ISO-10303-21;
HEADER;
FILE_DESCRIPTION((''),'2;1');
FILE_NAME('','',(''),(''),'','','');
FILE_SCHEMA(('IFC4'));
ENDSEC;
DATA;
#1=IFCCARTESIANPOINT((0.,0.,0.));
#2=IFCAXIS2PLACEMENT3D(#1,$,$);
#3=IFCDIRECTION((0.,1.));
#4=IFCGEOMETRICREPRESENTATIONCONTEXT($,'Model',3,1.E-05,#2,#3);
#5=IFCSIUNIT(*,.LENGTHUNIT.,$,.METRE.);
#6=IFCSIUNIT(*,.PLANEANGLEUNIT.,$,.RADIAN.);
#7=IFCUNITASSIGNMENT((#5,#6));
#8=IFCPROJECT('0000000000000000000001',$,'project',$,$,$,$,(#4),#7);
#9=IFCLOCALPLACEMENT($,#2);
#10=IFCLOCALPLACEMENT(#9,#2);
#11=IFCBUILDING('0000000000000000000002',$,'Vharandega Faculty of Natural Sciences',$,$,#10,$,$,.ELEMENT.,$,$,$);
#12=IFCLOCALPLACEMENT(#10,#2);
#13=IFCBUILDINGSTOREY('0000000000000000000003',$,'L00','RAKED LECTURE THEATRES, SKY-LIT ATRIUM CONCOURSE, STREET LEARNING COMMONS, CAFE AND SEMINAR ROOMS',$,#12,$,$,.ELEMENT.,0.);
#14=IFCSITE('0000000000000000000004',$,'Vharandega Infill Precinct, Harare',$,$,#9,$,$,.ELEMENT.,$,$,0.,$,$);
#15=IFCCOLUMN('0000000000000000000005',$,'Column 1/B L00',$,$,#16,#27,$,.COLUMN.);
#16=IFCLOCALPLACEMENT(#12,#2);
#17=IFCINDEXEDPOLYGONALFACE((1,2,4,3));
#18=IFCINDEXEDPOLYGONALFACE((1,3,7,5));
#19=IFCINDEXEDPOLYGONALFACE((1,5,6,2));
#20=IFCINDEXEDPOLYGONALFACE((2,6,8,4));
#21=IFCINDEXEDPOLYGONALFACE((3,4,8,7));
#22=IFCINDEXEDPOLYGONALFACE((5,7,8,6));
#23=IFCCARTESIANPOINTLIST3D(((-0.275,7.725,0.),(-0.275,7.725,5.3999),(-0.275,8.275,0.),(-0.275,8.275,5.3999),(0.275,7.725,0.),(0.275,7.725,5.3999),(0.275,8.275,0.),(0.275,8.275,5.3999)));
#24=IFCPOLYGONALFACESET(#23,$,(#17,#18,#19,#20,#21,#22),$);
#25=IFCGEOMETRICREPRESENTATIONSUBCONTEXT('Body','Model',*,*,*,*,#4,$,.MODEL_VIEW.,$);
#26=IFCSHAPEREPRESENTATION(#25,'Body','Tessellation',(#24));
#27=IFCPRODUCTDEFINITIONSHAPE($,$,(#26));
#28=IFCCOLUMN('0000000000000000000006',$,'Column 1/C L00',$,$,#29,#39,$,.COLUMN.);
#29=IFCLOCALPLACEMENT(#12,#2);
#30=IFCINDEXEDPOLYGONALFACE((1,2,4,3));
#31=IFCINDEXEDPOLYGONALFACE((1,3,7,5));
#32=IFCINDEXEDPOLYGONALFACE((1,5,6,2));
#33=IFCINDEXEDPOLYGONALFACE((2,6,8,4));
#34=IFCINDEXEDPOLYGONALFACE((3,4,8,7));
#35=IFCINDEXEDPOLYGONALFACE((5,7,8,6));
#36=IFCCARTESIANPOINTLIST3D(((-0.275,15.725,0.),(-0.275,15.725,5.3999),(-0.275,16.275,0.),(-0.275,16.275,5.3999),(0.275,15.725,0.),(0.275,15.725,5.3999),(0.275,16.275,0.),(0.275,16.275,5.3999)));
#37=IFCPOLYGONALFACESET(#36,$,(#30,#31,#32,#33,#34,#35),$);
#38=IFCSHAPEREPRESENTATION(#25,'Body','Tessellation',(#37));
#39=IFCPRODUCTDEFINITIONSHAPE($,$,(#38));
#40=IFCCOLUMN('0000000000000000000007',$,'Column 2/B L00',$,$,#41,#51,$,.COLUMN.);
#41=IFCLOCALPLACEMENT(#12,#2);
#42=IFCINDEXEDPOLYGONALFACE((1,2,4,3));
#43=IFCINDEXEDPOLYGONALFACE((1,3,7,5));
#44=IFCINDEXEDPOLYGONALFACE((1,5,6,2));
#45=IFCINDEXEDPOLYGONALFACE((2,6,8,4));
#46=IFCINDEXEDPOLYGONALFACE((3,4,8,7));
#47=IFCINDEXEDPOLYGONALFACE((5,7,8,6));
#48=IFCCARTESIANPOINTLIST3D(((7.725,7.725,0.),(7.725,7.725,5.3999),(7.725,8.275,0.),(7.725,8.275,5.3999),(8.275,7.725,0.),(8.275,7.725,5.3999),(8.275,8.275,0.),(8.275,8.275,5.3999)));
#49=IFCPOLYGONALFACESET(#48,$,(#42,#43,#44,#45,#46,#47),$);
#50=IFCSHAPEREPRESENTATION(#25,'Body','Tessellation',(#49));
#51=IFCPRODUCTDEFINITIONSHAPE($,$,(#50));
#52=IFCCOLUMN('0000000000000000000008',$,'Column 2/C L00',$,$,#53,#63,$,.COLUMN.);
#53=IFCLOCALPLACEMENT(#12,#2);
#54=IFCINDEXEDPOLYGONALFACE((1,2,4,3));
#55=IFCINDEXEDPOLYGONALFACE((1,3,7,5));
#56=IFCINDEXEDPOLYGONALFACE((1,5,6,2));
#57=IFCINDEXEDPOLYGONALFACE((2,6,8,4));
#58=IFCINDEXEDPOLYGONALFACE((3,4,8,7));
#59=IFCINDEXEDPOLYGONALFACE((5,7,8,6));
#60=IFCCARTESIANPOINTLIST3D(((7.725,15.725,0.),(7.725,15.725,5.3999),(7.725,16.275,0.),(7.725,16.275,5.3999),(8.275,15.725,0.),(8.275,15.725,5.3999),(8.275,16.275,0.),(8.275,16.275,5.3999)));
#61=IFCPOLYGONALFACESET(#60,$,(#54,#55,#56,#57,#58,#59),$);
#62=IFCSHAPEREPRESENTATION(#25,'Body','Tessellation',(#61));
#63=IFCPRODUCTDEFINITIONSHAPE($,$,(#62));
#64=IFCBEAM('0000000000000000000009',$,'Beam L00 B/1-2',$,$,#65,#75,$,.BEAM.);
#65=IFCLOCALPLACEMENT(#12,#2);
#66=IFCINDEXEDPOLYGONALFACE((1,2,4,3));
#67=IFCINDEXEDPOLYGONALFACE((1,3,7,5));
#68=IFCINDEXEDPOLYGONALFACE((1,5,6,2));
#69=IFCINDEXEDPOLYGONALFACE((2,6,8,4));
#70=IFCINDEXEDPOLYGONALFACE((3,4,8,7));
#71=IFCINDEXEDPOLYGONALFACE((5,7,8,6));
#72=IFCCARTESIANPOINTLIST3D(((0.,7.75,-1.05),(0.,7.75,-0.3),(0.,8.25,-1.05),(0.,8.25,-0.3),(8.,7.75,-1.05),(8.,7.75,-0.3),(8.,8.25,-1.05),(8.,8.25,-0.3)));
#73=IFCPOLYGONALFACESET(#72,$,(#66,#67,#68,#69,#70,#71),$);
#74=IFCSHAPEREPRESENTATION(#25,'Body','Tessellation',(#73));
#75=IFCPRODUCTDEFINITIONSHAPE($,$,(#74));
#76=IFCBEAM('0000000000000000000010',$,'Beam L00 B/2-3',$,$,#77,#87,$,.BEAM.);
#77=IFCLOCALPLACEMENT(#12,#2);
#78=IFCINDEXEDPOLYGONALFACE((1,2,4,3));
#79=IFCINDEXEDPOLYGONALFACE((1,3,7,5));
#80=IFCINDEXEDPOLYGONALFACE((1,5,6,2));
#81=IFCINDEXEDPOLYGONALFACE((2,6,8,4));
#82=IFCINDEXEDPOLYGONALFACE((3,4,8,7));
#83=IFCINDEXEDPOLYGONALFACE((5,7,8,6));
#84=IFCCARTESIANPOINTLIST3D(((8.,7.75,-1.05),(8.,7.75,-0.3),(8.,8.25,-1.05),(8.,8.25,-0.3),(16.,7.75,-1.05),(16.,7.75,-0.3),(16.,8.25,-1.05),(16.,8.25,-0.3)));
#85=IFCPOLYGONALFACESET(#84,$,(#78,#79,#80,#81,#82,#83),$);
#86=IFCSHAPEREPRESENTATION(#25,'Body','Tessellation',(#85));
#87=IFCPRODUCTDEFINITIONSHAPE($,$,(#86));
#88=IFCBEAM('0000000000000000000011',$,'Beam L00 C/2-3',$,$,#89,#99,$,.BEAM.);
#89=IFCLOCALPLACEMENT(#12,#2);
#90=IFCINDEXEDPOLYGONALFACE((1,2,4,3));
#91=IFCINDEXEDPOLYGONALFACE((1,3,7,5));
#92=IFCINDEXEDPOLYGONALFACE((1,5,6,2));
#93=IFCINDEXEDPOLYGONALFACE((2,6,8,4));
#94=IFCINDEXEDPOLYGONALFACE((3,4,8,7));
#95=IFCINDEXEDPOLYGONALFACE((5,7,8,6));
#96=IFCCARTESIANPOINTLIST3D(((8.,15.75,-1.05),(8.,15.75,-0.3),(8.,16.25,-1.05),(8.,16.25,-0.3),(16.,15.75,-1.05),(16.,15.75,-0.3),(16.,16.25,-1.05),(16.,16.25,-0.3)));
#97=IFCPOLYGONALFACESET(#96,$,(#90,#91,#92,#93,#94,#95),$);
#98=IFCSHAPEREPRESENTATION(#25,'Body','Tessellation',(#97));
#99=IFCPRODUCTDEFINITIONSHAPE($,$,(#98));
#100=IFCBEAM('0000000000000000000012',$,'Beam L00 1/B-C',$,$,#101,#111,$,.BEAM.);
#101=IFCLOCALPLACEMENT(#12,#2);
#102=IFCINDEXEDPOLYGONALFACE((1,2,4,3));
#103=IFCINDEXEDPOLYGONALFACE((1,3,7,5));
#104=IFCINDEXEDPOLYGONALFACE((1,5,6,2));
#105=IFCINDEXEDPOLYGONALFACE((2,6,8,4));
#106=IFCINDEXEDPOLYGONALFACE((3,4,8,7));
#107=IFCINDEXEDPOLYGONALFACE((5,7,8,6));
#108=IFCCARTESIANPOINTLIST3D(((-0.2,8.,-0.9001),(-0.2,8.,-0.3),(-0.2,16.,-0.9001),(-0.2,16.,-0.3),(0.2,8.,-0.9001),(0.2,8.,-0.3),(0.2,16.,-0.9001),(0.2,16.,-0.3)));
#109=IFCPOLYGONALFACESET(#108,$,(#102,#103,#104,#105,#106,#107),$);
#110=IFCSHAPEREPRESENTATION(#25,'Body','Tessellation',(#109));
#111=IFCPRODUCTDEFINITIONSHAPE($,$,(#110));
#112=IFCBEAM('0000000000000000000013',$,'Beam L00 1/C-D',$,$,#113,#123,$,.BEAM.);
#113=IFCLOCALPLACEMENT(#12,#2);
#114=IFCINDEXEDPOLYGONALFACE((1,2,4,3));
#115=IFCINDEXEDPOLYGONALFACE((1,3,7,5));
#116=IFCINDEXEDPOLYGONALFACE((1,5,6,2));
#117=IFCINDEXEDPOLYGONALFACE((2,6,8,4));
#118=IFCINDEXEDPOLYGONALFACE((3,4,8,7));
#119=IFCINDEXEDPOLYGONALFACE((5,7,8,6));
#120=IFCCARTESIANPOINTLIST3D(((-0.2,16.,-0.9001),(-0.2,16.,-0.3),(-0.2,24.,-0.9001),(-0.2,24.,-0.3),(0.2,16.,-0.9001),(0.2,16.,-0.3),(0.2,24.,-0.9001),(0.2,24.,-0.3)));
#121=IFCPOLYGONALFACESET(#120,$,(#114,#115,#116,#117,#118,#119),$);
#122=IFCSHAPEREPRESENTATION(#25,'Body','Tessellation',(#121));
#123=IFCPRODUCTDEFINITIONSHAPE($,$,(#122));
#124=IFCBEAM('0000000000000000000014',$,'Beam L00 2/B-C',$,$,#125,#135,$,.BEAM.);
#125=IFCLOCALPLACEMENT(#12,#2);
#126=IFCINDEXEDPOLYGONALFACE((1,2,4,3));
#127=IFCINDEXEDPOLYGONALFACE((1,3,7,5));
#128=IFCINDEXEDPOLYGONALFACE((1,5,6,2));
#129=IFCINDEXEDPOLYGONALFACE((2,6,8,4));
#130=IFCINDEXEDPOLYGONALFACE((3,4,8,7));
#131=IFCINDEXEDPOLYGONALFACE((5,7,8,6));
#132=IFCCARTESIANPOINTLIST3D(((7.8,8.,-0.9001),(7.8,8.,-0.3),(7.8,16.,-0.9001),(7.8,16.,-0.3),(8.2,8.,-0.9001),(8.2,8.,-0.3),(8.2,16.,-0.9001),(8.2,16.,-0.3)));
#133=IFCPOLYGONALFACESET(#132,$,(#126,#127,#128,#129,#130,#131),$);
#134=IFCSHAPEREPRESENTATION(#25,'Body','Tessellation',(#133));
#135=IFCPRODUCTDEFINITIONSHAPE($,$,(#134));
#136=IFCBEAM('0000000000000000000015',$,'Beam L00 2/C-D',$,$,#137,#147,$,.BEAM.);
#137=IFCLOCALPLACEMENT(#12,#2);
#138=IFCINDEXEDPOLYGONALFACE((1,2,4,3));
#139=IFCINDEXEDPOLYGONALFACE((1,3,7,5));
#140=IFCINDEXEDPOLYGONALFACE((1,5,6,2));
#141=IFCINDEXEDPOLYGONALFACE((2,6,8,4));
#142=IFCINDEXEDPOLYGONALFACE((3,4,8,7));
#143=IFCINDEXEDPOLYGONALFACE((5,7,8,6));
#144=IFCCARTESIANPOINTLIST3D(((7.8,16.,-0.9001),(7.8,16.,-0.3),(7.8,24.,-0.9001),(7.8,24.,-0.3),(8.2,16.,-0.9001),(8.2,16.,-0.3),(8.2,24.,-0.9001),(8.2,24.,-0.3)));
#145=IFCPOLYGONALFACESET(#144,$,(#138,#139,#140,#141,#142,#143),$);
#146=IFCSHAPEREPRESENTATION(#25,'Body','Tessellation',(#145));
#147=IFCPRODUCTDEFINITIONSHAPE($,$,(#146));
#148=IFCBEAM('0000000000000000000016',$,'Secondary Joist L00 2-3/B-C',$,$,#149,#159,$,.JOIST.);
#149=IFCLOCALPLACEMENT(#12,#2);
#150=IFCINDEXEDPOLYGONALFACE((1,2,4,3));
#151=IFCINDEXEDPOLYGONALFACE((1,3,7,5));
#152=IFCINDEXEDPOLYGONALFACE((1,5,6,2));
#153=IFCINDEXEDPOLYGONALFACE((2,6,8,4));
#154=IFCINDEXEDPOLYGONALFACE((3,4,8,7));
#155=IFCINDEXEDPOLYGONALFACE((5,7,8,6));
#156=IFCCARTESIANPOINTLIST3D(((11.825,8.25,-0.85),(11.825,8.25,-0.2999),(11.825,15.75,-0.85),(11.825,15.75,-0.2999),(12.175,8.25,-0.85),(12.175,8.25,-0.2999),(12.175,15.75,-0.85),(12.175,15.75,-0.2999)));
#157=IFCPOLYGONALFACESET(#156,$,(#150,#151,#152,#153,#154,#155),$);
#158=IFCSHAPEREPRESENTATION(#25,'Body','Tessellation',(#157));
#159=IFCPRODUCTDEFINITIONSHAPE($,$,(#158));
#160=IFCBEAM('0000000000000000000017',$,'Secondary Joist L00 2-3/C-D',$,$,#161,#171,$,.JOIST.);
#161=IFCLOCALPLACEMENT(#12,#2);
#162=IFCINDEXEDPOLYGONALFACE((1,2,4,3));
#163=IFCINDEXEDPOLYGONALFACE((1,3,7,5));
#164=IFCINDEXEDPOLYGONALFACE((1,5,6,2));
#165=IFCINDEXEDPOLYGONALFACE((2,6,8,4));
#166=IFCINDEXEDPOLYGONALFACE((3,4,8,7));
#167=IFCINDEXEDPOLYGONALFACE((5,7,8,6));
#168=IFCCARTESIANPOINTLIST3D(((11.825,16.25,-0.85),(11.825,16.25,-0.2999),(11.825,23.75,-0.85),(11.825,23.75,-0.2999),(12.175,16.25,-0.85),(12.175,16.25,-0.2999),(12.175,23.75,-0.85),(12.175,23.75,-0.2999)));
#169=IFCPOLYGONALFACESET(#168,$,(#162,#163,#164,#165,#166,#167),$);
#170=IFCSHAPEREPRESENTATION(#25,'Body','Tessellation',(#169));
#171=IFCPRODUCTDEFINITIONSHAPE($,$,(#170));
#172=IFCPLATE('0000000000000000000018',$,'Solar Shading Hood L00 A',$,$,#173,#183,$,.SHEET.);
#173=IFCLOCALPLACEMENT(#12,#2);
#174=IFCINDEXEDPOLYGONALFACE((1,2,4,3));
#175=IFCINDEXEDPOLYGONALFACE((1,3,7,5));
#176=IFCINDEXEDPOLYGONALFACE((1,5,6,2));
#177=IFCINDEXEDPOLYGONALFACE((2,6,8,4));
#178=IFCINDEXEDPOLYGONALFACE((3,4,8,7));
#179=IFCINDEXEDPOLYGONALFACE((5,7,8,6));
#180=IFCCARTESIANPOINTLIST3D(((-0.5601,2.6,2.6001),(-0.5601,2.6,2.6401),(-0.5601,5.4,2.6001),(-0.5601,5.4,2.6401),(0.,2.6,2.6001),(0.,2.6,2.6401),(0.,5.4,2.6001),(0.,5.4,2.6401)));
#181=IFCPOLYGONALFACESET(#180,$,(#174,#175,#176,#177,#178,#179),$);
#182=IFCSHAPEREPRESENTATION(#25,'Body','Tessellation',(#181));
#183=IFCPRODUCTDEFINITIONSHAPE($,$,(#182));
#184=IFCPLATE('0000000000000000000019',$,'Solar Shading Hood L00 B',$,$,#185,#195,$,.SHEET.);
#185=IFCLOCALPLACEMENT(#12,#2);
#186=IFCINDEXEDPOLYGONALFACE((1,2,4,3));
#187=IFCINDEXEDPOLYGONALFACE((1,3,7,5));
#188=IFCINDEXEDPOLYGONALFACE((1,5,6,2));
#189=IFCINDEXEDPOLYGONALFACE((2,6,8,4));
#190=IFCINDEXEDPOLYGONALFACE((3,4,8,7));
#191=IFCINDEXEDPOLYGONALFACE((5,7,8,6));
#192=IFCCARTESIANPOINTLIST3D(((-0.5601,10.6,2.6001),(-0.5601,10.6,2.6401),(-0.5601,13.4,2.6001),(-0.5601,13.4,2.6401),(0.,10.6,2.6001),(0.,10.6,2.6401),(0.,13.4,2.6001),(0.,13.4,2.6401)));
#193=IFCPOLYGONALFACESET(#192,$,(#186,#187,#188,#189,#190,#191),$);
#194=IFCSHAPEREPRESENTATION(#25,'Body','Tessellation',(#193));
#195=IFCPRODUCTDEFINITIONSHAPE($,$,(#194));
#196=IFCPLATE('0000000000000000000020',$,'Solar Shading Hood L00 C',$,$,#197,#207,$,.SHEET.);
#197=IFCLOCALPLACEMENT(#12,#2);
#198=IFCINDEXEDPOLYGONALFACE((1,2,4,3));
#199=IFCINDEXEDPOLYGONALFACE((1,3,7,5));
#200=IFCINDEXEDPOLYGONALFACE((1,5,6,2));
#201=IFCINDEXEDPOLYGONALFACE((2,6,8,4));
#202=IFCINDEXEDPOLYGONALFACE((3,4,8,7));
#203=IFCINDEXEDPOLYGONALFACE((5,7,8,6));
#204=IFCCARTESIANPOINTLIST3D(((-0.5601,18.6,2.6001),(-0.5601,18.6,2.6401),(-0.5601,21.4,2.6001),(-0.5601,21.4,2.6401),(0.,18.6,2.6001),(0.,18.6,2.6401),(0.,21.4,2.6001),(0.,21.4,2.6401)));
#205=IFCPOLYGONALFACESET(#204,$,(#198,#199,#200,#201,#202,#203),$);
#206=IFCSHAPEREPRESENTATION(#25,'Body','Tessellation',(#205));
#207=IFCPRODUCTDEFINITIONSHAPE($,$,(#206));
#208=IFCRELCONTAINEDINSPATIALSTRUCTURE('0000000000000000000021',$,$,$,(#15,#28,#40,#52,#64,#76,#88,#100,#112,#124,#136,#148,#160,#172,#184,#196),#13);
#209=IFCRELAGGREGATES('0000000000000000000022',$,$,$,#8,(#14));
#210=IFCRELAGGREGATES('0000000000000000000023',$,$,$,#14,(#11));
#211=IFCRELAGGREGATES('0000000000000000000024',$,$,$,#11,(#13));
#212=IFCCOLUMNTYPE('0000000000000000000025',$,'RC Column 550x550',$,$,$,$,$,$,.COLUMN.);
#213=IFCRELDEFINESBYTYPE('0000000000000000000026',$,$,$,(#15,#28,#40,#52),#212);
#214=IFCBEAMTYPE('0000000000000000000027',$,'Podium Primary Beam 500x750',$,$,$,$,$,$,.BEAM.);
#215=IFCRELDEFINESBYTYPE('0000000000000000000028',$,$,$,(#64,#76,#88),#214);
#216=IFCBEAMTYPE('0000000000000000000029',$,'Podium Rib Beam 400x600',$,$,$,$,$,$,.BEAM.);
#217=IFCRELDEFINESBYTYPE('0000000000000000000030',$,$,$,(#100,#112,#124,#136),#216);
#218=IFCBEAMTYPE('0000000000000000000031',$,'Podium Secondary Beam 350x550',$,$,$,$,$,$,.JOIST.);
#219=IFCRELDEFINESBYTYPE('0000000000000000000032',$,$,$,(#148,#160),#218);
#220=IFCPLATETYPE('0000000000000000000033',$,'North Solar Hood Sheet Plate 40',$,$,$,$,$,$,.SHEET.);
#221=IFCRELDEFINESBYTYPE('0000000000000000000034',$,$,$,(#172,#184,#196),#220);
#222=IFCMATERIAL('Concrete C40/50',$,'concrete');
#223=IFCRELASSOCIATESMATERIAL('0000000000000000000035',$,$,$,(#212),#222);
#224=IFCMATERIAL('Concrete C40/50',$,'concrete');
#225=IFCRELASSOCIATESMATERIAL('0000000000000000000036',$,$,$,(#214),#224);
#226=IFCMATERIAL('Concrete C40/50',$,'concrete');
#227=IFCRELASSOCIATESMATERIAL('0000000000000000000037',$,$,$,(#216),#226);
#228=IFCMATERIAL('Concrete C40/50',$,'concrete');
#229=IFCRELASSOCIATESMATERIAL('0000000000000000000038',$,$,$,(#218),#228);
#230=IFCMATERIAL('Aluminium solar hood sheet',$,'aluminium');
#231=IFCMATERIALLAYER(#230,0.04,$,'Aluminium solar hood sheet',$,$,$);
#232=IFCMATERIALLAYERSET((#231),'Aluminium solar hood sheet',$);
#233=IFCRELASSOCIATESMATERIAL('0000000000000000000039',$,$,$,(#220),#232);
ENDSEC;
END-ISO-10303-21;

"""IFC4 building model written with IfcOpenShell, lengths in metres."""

from ifc_helpers import new_model, si_unit, direction, frame, origin, origin_2d, place, context, subcontext, project, spatial, rectangle, extrude, material, layer, layer_set, material_profile, profile_set, type_object, element, save


model = new_model("IFC4")

# Units and contexts
model_context = context("Model", 3, precision=1e-05, world=origin(), true_north=direction((0.0, 1.0)))
body_context = subcontext(model_context, "Body", "Model", "MODEL_VIEW")
ifc_project = project(units=[si_unit("LENGTHUNIT", "METRE"), si_unit("PLANEANGLEUNIT", "RADIAN")], contexts=[model_context])

# Site, building, storey
site_placement = place(None, origin())
site = spatial("IfcSite", under=ifc_project, at=site_placement, Name="Vharandega Infill Precinct, Harare", CompositionType="ELEMENT", RefElevation=0.0)
building_placement = place(site_placement, origin())
building = spatial("IfcBuilding", under=site, at=building_placement, Name="Vharandega Faculty of Natural Sciences", CompositionType="ELEMENT")
storey_placement = place(building_placement, origin())
storey = spatial("IfcBuildingStorey", under=building, at=storey_placement, Name="L00", Description="RAKED LECTURE THEATRES, SKY-LIT ATRIUM CONCOURSE, STREET LEARNING COMMONS, CAFE AND SEMINAR ROOMS", CompositionType="ELEMENT", Elevation=0.0)

# Columns
ifc_material_1 = material(Name="Concrete C40/50", Category="concrete")
ifc_material_profile_1 = material_profile(ifc_material_1, rectangle(XDim=0.55, YDim=0.55, at=origin_2d()), Name="RC 550x550")
ifc_profile_set_1 = profile_set([ifc_material_profile_1], Name="Concrete C40/50")
column_type = type_object("IfcColumnType", Name="RC Column 550x550", PredefinedType="COLUMN", material=ifc_profile_set_1)
for number, where, z_axis, x_axis, name in (
    (1, (0.0, 8.0, 0.0), (0.0, 0.0, 1.0), (1.0, 0.0, 0.0), "Column 1/B L00"),
    (2, (0.0, 16.0, 0.0), (0.0, 0.0, 1.0), (1.0, 0.0, 0.0), "Column 1/C L00"),
    (3, (8.0, 8.0, 0.0), (0.0, 0.0, 1.0), (1.0, 0.0, 0.0), "Column 2/B L00"),
    (4, (8.0, 16.0, 0.0), (0.0, 0.0, 1.0), (1.0, 0.0, 0.0), "Column 2/C L00"),
):
    element("IfcColumn", number, at=place(storey_placement, frame(where, z_axis=z_axis, x_axis=x_axis)), inside=storey, type_object=column_type, Name=name, PredefinedType="COLUMN", context=body_context, shape_type="SweptSolid", body=[
        extrude(rectangle(XDim=0.55, YDim=0.55, at=origin_2d()), origin(), (0.0, 0.0, 1.0), 5.3999),
    ])

# Beams
ifc_material_2 = material(Name="Concrete C40/50", Category="concrete")
ifc_material_profile_2 = material_profile(ifc_material_2, rectangle(XDim=0.5, YDim=0.75, at=origin_2d()), Name="RC 500x750")
ifc_profile_set_2 = profile_set([ifc_material_profile_2], Name="Concrete C40/50")
beam_type_1 = type_object("IfcBeamType", Name="Podium Primary Beam 500x750", PredefinedType="BEAM", material=ifc_profile_set_2)
for number, where, z_axis, x_axis, name in (
    (5, (0.0, 8.0, -0.675), (1.0, 0.0, 0.0), (0.0, 1.0, 0.0), "Beam L00 B/1-2"),
    (6, (8.0, 8.0, -0.675), (1.0, 0.0, 0.0), (0.0, 1.0, 0.0), "Beam L00 B/2-3"),
    (7, (8.0, 16.0, -0.675), (1.0, 0.0, 0.0), (0.0, 1.0, 0.0), "Beam L00 C/2-3"),
):
    element("IfcBeam", number, at=place(storey_placement, frame(where, z_axis=z_axis, x_axis=x_axis)), inside=storey, type_object=beam_type_1, Name=name, PredefinedType="BEAM", context=body_context, shape_type="SweptSolid", body=[
        extrude(rectangle(XDim=0.5, YDim=0.75, at=origin_2d()), origin(), (0.0, 0.0, 1.0), 8.0),
    ])
ifc_material_3 = material(Name="Concrete C40/50", Category="concrete")
ifc_material_profile_3 = material_profile(ifc_material_3, rectangle(XDim=0.3999, YDim=0.6001, at=origin_2d()), Name="RC 400x600")
ifc_profile_set_3 = profile_set([ifc_material_profile_3], Name="Concrete C40/50")
beam_type_2 = type_object("IfcBeamType", Name="Podium Rib Beam 400x600", PredefinedType="BEAM", material=ifc_profile_set_3)
for number, where, z_axis, x_axis, name in (
    (8, (0.0, 8.0, -0.6001), (0.0, 1.0, 0.0), (-1.0, 0.0, 0.0), "Beam L00 1/B-C"),
    (9, (0.0, 16.0, -0.6001), (0.0, 1.0, 0.0), (-1.0, 0.0, 0.0), "Beam L00 1/C-D"),
    (10, (8.0, 8.0, -0.6001), (0.0, 1.0, 0.0), (-1.0, 0.0, 0.0), "Beam L00 2/B-C"),
    (11, (8.0, 16.0, -0.6001), (0.0, 1.0, 0.0), (-1.0, 0.0, 0.0), "Beam L00 2/C-D"),
):
    element("IfcBeam", number, at=place(storey_placement, frame(where, z_axis=z_axis, x_axis=x_axis)), inside=storey, type_object=beam_type_2, Name=name, PredefinedType="BEAM", context=body_context, shape_type="SweptSolid", body=[
        extrude(rectangle(XDim=0.3999, YDim=0.6001, at=origin_2d()), origin(), (0.0, 0.0, 1.0), 8.0),
    ])
ifc_material_4 = material(Name="Concrete C40/50", Category="concrete")
ifc_material_profile_4 = material_profile(ifc_material_4, rectangle(XDim=0.3501, YDim=0.55, at=origin_2d()), Name="RC 350x550")
ifc_profile_set_4 = profile_set([ifc_material_profile_4], Name="Concrete C40/50")
beam_type_3 = type_object("IfcBeamType", Name="Podium Secondary Beam 350x550", PredefinedType="JOIST", material=ifc_profile_set_4)
for number, where, z_axis, x_axis, name in (
    (12, (12.0, 8.25, -0.575), (0.0, 1.0, 0.0), (-1.0, 0.0, 0.0), "Secondary Joist L00 2-3/B-C"),
    (13, (12.0, 16.25, -0.575), (0.0, 1.0, 0.0), (-1.0, 0.0, 0.0), "Secondary Joist L00 2-3/C-D"),
):
    element("IfcBeam", number, at=place(storey_placement, frame(where, z_axis=z_axis, x_axis=x_axis)), inside=storey, type_object=beam_type_3, Name=name, PredefinedType="JOIST", context=body_context, shape_type="SweptSolid", body=[
        extrude(rectangle(XDim=0.3501, YDim=0.55, at=origin_2d()), origin(), (0.0, 0.0, 1.0), 7.5),
    ])

# Plates
ifc_material_5 = material(Name="Aluminium solar hood sheet", Category="aluminium")
ifc_layer_1 = layer(ifc_material_5, 0.04, Name="Aluminium solar hood sheet")
ifc_layer_set_1 = layer_set([ifc_layer_1], Name="Aluminium solar hood sheet")
plate_type = type_object("IfcPlateType", Name="North Solar Hood Sheet Plate 40", PredefinedType="SHEET", material=ifc_layer_set_1)
for number, where, z_axis, x_axis, name in (
    (14, (-0.28, 4.0, 2.6001), (0.0, 0.0, 1.0), (1.0, 0.0, 0.0), "Solar Shading Hood L00 A"),
    (15, (-0.28, 12.0, 2.6001), (0.0, 0.0, 1.0), (1.0, 0.0, 0.0), "Solar Shading Hood L00 B"),
    (16, (-0.28, 20.0, 2.6001), (0.0, 0.0, 1.0), (1.0, 0.0, 0.0), "Solar Shading Hood L00 C"),
):
    element("IfcPlate", number, at=place(storey_placement, frame(where, z_axis=z_axis, x_axis=x_axis)), inside=storey, type_object=plate_type, Name=name, PredefinedType="SHEET", context=body_context, shape_type="SweptSolid", body=[
        extrude(rectangle(XDim=0.5601, YDim=2.8, at=origin_2d()), origin(), (0.0, 0.0, 1.0), 0.04),
    ])

save(model, "model.ifc")
